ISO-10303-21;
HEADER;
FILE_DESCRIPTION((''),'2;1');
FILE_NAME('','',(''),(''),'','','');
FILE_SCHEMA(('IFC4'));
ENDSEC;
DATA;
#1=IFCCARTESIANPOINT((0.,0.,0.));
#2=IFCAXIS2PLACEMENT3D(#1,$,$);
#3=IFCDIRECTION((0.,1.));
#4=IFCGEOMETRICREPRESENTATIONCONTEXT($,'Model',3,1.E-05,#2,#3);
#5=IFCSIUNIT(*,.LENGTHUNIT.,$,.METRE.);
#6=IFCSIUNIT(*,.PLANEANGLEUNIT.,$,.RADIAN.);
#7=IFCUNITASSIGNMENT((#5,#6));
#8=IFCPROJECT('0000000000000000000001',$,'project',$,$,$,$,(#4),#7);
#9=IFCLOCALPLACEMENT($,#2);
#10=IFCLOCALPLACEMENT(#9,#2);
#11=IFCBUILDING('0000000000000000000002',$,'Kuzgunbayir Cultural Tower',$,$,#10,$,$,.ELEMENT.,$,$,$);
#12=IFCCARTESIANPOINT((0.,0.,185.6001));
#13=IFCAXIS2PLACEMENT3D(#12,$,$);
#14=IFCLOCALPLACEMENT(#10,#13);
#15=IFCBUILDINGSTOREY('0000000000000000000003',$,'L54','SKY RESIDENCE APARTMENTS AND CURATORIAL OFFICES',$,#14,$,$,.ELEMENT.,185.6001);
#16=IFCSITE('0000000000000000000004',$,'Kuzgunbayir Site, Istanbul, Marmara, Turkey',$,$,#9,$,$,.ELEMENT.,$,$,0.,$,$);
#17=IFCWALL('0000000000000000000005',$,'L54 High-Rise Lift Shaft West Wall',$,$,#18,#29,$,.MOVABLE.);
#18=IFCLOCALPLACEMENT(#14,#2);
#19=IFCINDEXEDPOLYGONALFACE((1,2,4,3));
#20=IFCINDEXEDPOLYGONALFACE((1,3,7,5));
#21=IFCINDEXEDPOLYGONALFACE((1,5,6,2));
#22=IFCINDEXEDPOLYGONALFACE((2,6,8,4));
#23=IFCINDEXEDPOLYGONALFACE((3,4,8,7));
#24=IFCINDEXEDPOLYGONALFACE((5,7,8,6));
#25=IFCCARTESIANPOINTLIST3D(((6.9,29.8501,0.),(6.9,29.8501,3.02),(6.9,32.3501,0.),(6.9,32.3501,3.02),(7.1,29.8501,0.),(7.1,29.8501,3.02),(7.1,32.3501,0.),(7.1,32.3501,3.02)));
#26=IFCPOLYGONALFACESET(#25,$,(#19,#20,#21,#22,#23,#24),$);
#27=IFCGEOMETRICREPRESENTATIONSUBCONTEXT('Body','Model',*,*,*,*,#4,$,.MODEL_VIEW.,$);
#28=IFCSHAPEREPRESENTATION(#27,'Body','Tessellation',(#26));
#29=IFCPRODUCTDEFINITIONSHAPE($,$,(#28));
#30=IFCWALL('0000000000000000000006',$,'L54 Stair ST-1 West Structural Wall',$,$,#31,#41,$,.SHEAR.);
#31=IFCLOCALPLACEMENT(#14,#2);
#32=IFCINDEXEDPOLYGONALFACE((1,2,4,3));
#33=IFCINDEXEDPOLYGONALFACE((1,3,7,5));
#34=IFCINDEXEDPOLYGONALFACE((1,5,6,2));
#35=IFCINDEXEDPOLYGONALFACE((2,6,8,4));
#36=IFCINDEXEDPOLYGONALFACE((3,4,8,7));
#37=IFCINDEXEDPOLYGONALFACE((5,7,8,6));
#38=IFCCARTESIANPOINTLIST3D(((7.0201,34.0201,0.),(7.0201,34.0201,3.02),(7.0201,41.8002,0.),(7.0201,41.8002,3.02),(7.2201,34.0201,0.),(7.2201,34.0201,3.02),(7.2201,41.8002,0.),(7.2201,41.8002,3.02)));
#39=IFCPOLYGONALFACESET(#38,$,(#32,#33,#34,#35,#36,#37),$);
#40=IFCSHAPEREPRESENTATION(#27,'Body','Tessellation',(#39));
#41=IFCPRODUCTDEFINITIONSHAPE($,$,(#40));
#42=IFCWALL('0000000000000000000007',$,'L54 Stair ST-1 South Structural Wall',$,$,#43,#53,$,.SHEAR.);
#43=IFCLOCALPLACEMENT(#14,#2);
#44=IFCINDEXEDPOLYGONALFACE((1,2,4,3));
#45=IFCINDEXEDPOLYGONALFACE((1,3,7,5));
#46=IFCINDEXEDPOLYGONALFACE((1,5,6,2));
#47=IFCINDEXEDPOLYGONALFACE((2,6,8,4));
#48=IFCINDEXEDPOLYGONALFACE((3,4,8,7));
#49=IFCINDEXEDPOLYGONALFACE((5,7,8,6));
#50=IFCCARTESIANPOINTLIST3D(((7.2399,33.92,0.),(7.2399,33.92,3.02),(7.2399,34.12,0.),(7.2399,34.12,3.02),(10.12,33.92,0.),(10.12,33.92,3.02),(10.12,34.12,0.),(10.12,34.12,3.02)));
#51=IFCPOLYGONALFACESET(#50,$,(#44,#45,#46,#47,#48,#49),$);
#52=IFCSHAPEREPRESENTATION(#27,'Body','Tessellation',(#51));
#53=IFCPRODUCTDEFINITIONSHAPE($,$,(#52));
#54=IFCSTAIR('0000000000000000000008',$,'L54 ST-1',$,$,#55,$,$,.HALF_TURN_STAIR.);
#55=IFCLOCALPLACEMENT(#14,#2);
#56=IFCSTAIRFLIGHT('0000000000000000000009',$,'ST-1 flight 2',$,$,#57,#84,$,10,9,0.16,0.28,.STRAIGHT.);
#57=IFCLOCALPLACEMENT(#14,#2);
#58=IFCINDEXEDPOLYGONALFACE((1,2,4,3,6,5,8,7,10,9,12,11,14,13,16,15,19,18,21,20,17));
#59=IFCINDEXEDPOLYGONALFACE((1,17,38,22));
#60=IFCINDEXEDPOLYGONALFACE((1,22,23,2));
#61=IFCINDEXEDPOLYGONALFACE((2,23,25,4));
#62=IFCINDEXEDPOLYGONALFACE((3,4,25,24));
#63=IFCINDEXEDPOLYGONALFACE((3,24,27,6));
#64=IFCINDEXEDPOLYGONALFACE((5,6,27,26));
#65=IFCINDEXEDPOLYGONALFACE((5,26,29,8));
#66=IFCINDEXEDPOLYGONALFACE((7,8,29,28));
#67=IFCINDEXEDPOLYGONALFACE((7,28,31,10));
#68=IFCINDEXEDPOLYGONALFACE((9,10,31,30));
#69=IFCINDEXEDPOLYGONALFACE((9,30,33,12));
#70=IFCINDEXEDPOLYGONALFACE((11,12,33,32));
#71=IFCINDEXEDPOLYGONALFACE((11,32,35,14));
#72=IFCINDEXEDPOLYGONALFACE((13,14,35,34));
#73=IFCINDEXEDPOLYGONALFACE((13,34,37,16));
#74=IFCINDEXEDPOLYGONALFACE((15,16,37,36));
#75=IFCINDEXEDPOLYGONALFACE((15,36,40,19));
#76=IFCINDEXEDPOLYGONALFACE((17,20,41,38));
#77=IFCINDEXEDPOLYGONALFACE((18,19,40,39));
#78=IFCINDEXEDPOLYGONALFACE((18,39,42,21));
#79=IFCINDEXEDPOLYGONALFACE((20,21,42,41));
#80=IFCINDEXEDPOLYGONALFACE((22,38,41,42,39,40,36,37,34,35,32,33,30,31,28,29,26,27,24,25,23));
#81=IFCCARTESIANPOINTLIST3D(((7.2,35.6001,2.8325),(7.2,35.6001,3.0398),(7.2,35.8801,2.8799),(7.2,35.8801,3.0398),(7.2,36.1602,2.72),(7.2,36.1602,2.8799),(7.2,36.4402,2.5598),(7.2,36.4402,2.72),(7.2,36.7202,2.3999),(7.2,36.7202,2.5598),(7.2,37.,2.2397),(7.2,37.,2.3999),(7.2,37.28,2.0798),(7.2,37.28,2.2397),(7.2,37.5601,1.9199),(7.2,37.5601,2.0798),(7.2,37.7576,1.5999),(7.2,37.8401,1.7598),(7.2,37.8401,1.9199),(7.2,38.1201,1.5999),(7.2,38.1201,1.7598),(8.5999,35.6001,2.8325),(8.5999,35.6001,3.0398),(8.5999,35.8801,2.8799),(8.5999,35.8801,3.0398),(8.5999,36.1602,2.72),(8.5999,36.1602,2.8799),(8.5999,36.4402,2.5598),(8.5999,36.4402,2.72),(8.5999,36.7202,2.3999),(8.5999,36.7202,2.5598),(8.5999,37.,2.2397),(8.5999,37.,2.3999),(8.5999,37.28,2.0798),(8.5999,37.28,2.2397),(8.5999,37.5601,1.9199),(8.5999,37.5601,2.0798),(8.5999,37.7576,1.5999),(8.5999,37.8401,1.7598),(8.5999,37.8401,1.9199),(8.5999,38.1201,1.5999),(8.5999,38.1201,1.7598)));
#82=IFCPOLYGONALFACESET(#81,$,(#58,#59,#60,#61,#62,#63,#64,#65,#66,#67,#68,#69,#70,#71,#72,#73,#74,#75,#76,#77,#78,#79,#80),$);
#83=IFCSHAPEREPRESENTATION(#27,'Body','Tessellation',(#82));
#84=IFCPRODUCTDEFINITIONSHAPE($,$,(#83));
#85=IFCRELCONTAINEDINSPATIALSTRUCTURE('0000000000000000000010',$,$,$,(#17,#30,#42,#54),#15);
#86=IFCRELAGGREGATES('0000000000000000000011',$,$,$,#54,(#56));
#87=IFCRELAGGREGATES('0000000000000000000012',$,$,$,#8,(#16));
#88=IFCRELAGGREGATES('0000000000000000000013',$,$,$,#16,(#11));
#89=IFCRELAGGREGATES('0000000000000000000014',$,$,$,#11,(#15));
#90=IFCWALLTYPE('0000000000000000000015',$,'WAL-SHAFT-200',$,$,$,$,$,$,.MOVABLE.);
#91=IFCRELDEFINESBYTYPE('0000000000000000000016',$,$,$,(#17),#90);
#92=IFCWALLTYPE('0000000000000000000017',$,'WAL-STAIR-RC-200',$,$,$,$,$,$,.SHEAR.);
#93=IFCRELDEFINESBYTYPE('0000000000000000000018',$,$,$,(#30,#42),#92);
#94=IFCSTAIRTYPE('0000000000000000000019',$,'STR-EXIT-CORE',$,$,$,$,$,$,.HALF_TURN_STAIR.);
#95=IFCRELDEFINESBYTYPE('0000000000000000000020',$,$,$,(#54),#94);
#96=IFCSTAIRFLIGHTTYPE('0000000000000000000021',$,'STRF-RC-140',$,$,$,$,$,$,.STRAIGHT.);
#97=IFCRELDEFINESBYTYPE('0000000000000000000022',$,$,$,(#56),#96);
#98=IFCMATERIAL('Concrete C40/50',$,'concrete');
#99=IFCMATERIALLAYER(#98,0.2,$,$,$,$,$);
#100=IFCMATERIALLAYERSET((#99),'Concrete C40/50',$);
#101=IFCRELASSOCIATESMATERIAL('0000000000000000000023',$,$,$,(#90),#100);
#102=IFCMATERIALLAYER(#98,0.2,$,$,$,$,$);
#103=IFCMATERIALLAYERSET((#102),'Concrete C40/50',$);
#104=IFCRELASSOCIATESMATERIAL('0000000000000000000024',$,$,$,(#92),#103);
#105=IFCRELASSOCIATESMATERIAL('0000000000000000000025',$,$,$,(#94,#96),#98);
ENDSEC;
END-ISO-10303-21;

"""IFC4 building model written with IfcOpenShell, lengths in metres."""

from ifc_helpers import new_model, si_unit, direction, frame, frame_2d, origin, place, context, subcontext, project, spatial, polyline, rectangle, outline, extrude, material, layer, layer_set, type_object, element, aggregate, save


model = new_model("IFC4")

# Units and contexts
model_context = context("Model", 3, precision=1e-05, world=origin(), true_north=direction((0.0, 1.0)))
body_context = subcontext(model_context, "Body", "Model", "MODEL_VIEW")
ifc_project = project(units=[si_unit("LENGTHUNIT", "METRE"), si_unit("PLANEANGLEUNIT", "RADIAN")], contexts=[model_context])

# Site, building, storey
site_placement = place(None, origin())
site = spatial("IfcSite", under=ifc_project, at=site_placement, Name="Kuzgunbayir Site, Istanbul, Marmara, Turkey", CompositionType="ELEMENT", RefElevation=0.0)
building_placement = place(site_placement, origin())
building = spatial("IfcBuilding", under=site, at=building_placement, Name="Kuzgunbayir Cultural Tower", CompositionType="ELEMENT")
storey_placement = place(building_placement, frame((0.0, 0.0, 185.6001)))
storey = spatial("IfcBuildingStorey", under=building, at=storey_placement, Name="L54", Description="SKY RESIDENCE APARTMENTS AND CURATORIAL OFFICES", CompositionType="ELEMENT", Elevation=185.6001)

# Shared definitions
ifc_material_1 = material(Name="Concrete C40/50", Category="concrete")
ifc_layer_1 = layer(ifc_material_1, 0.2)
ifc_layer_set_1 = layer_set([ifc_layer_1], Name="Concrete C40/50")
wall_type_1 = type_object("IfcWallType", Name="WAL-SHAFT-200", PredefinedType="MOVABLE", material=ifc_layer_set_1)

# Walls
wall_1_placement = place(storey_placement, frame((7.0, 29.8501, 0.0), z_axis=(0.0, 0.0, 1.0), x_axis=(0.0, 1.0, 0.0)))
element("IfcWall", 1, at=wall_1_placement, inside=storey, type_object=wall_type_1, Name="L54 High-Rise Lift Shaft West Wall", PredefinedType="MOVABLE", context=body_context, shape_type="SweptSolid", body=[
    extrude(rectangle(XDim=2.5, YDim=0.2, at=frame_2d((1.25, 0.0))), origin(), (0.0, 0.0, 1.0), 3.02),
])
ifc_layer_2 = layer(ifc_material_1, 0.2)
ifc_layer_set_2 = layer_set([ifc_layer_2], Name="Concrete C40/50")
wall_type_2 = type_object("IfcWallType", Name="WAL-STAIR-RC-200", PredefinedType="SHEAR", material=ifc_layer_set_2)
wall_2_placement = place(storey_placement, frame((7.1201, 34.02, 0.0), z_axis=(0.0, 0.0, 1.0), x_axis=(0.0, 1.0, 0.0)))
element("IfcWall", 2, at=wall_2_placement, inside=storey, type_object=wall_type_2, Name="L54 Stair ST-1 West Structural Wall", PredefinedType="SHEAR", context=body_context, shape_type="SweptSolid", body=[
    extrude(rectangle(XDim=7.78, YDim=0.2, at=frame_2d((3.8901, 0.0))), origin(), (0.0, 0.0, 1.0), 3.02),
])
wall_3_placement = place(storey_placement, frame((7.24, 34.02, 0.0), z_axis=(0.0, 0.0, 1.0), x_axis=(1.0, 0.0, 0.0)))
element("IfcWall", 3, at=wall_3_placement, inside=storey, type_object=wall_type_2, Name="L54 Stair ST-1 South Structural Wall", PredefinedType="SHEAR", context=body_context, shape_type="SweptSolid", body=[
    extrude(rectangle(XDim=2.8801, YDim=0.2, at=frame_2d((1.4399, 0.0))), origin(), (0.0, 0.0, 1.0), 3.02),
])

# Stair, stair flight
stair_type = type_object("IfcStairType", Name="STR-EXIT-CORE", PredefinedType="HALF_TURN_STAIR", material=ifc_material_1)
stair_placement = place(storey_placement, origin())
stair = element("IfcStair", 4, at=stair_placement, inside=storey, type_object=stair_type, Name="L54 ST-1", PredefinedType="HALF_TURN_STAIR")
stair_flight_type = type_object("IfcStairFlightType", Name="STRF-RC-140", PredefinedType="STRAIGHT", material=ifc_material_1)
stair_flight_placement = place(storey_placement, frame((7.8999, 38.1201, 1.5999), z_axis=(0.0, 0.0, 1.0), x_axis=(0.0, -1.0, 0.0)))
stair_flight = element("IfcStairFlight", 5, at=stair_flight_placement, type_object=stair_flight_type, Name="ST-1 flight 2", NumberOfRisers=10, NumberOfTreads=9, PredefinedType="STRAIGHT", RiserHeight=0.16, TreadLength=0.28, context=body_context, shape_type="SweptSolid", body=[
    extrude(outline(polyline([(0.0, 0.0), (0.0, 0.1599), (0.28, 0.1599), (0.28, 0.3201), (0.5601, 0.3201), (0.5601, 0.48), (0.8401, 0.48), (0.8401, 0.6399), (1.1201, 0.6399), (1.1201, 0.8), (1.3999, 0.8), (1.3999, 0.96), (1.6799, 0.96), (1.6799, 1.1201), (1.96, 1.1201), (1.96, 1.28), (2.24, 1.28), (2.24, 1.4399), (2.52, 1.4399), (2.52, 1.6001), (2.52, 1.2327), (0.3625, 0.0), (0.0, 0.0)])), frame((0.0, 0.7, 0.0), z_axis=(0.0, -1.0, 0.0), x_axis=(1.0, 0.0, 0.0)), (0.0, 0.0, 1.0), 1.3999),
])
aggregate(stair, [stair_flight])

save(model, "model.ifc")
